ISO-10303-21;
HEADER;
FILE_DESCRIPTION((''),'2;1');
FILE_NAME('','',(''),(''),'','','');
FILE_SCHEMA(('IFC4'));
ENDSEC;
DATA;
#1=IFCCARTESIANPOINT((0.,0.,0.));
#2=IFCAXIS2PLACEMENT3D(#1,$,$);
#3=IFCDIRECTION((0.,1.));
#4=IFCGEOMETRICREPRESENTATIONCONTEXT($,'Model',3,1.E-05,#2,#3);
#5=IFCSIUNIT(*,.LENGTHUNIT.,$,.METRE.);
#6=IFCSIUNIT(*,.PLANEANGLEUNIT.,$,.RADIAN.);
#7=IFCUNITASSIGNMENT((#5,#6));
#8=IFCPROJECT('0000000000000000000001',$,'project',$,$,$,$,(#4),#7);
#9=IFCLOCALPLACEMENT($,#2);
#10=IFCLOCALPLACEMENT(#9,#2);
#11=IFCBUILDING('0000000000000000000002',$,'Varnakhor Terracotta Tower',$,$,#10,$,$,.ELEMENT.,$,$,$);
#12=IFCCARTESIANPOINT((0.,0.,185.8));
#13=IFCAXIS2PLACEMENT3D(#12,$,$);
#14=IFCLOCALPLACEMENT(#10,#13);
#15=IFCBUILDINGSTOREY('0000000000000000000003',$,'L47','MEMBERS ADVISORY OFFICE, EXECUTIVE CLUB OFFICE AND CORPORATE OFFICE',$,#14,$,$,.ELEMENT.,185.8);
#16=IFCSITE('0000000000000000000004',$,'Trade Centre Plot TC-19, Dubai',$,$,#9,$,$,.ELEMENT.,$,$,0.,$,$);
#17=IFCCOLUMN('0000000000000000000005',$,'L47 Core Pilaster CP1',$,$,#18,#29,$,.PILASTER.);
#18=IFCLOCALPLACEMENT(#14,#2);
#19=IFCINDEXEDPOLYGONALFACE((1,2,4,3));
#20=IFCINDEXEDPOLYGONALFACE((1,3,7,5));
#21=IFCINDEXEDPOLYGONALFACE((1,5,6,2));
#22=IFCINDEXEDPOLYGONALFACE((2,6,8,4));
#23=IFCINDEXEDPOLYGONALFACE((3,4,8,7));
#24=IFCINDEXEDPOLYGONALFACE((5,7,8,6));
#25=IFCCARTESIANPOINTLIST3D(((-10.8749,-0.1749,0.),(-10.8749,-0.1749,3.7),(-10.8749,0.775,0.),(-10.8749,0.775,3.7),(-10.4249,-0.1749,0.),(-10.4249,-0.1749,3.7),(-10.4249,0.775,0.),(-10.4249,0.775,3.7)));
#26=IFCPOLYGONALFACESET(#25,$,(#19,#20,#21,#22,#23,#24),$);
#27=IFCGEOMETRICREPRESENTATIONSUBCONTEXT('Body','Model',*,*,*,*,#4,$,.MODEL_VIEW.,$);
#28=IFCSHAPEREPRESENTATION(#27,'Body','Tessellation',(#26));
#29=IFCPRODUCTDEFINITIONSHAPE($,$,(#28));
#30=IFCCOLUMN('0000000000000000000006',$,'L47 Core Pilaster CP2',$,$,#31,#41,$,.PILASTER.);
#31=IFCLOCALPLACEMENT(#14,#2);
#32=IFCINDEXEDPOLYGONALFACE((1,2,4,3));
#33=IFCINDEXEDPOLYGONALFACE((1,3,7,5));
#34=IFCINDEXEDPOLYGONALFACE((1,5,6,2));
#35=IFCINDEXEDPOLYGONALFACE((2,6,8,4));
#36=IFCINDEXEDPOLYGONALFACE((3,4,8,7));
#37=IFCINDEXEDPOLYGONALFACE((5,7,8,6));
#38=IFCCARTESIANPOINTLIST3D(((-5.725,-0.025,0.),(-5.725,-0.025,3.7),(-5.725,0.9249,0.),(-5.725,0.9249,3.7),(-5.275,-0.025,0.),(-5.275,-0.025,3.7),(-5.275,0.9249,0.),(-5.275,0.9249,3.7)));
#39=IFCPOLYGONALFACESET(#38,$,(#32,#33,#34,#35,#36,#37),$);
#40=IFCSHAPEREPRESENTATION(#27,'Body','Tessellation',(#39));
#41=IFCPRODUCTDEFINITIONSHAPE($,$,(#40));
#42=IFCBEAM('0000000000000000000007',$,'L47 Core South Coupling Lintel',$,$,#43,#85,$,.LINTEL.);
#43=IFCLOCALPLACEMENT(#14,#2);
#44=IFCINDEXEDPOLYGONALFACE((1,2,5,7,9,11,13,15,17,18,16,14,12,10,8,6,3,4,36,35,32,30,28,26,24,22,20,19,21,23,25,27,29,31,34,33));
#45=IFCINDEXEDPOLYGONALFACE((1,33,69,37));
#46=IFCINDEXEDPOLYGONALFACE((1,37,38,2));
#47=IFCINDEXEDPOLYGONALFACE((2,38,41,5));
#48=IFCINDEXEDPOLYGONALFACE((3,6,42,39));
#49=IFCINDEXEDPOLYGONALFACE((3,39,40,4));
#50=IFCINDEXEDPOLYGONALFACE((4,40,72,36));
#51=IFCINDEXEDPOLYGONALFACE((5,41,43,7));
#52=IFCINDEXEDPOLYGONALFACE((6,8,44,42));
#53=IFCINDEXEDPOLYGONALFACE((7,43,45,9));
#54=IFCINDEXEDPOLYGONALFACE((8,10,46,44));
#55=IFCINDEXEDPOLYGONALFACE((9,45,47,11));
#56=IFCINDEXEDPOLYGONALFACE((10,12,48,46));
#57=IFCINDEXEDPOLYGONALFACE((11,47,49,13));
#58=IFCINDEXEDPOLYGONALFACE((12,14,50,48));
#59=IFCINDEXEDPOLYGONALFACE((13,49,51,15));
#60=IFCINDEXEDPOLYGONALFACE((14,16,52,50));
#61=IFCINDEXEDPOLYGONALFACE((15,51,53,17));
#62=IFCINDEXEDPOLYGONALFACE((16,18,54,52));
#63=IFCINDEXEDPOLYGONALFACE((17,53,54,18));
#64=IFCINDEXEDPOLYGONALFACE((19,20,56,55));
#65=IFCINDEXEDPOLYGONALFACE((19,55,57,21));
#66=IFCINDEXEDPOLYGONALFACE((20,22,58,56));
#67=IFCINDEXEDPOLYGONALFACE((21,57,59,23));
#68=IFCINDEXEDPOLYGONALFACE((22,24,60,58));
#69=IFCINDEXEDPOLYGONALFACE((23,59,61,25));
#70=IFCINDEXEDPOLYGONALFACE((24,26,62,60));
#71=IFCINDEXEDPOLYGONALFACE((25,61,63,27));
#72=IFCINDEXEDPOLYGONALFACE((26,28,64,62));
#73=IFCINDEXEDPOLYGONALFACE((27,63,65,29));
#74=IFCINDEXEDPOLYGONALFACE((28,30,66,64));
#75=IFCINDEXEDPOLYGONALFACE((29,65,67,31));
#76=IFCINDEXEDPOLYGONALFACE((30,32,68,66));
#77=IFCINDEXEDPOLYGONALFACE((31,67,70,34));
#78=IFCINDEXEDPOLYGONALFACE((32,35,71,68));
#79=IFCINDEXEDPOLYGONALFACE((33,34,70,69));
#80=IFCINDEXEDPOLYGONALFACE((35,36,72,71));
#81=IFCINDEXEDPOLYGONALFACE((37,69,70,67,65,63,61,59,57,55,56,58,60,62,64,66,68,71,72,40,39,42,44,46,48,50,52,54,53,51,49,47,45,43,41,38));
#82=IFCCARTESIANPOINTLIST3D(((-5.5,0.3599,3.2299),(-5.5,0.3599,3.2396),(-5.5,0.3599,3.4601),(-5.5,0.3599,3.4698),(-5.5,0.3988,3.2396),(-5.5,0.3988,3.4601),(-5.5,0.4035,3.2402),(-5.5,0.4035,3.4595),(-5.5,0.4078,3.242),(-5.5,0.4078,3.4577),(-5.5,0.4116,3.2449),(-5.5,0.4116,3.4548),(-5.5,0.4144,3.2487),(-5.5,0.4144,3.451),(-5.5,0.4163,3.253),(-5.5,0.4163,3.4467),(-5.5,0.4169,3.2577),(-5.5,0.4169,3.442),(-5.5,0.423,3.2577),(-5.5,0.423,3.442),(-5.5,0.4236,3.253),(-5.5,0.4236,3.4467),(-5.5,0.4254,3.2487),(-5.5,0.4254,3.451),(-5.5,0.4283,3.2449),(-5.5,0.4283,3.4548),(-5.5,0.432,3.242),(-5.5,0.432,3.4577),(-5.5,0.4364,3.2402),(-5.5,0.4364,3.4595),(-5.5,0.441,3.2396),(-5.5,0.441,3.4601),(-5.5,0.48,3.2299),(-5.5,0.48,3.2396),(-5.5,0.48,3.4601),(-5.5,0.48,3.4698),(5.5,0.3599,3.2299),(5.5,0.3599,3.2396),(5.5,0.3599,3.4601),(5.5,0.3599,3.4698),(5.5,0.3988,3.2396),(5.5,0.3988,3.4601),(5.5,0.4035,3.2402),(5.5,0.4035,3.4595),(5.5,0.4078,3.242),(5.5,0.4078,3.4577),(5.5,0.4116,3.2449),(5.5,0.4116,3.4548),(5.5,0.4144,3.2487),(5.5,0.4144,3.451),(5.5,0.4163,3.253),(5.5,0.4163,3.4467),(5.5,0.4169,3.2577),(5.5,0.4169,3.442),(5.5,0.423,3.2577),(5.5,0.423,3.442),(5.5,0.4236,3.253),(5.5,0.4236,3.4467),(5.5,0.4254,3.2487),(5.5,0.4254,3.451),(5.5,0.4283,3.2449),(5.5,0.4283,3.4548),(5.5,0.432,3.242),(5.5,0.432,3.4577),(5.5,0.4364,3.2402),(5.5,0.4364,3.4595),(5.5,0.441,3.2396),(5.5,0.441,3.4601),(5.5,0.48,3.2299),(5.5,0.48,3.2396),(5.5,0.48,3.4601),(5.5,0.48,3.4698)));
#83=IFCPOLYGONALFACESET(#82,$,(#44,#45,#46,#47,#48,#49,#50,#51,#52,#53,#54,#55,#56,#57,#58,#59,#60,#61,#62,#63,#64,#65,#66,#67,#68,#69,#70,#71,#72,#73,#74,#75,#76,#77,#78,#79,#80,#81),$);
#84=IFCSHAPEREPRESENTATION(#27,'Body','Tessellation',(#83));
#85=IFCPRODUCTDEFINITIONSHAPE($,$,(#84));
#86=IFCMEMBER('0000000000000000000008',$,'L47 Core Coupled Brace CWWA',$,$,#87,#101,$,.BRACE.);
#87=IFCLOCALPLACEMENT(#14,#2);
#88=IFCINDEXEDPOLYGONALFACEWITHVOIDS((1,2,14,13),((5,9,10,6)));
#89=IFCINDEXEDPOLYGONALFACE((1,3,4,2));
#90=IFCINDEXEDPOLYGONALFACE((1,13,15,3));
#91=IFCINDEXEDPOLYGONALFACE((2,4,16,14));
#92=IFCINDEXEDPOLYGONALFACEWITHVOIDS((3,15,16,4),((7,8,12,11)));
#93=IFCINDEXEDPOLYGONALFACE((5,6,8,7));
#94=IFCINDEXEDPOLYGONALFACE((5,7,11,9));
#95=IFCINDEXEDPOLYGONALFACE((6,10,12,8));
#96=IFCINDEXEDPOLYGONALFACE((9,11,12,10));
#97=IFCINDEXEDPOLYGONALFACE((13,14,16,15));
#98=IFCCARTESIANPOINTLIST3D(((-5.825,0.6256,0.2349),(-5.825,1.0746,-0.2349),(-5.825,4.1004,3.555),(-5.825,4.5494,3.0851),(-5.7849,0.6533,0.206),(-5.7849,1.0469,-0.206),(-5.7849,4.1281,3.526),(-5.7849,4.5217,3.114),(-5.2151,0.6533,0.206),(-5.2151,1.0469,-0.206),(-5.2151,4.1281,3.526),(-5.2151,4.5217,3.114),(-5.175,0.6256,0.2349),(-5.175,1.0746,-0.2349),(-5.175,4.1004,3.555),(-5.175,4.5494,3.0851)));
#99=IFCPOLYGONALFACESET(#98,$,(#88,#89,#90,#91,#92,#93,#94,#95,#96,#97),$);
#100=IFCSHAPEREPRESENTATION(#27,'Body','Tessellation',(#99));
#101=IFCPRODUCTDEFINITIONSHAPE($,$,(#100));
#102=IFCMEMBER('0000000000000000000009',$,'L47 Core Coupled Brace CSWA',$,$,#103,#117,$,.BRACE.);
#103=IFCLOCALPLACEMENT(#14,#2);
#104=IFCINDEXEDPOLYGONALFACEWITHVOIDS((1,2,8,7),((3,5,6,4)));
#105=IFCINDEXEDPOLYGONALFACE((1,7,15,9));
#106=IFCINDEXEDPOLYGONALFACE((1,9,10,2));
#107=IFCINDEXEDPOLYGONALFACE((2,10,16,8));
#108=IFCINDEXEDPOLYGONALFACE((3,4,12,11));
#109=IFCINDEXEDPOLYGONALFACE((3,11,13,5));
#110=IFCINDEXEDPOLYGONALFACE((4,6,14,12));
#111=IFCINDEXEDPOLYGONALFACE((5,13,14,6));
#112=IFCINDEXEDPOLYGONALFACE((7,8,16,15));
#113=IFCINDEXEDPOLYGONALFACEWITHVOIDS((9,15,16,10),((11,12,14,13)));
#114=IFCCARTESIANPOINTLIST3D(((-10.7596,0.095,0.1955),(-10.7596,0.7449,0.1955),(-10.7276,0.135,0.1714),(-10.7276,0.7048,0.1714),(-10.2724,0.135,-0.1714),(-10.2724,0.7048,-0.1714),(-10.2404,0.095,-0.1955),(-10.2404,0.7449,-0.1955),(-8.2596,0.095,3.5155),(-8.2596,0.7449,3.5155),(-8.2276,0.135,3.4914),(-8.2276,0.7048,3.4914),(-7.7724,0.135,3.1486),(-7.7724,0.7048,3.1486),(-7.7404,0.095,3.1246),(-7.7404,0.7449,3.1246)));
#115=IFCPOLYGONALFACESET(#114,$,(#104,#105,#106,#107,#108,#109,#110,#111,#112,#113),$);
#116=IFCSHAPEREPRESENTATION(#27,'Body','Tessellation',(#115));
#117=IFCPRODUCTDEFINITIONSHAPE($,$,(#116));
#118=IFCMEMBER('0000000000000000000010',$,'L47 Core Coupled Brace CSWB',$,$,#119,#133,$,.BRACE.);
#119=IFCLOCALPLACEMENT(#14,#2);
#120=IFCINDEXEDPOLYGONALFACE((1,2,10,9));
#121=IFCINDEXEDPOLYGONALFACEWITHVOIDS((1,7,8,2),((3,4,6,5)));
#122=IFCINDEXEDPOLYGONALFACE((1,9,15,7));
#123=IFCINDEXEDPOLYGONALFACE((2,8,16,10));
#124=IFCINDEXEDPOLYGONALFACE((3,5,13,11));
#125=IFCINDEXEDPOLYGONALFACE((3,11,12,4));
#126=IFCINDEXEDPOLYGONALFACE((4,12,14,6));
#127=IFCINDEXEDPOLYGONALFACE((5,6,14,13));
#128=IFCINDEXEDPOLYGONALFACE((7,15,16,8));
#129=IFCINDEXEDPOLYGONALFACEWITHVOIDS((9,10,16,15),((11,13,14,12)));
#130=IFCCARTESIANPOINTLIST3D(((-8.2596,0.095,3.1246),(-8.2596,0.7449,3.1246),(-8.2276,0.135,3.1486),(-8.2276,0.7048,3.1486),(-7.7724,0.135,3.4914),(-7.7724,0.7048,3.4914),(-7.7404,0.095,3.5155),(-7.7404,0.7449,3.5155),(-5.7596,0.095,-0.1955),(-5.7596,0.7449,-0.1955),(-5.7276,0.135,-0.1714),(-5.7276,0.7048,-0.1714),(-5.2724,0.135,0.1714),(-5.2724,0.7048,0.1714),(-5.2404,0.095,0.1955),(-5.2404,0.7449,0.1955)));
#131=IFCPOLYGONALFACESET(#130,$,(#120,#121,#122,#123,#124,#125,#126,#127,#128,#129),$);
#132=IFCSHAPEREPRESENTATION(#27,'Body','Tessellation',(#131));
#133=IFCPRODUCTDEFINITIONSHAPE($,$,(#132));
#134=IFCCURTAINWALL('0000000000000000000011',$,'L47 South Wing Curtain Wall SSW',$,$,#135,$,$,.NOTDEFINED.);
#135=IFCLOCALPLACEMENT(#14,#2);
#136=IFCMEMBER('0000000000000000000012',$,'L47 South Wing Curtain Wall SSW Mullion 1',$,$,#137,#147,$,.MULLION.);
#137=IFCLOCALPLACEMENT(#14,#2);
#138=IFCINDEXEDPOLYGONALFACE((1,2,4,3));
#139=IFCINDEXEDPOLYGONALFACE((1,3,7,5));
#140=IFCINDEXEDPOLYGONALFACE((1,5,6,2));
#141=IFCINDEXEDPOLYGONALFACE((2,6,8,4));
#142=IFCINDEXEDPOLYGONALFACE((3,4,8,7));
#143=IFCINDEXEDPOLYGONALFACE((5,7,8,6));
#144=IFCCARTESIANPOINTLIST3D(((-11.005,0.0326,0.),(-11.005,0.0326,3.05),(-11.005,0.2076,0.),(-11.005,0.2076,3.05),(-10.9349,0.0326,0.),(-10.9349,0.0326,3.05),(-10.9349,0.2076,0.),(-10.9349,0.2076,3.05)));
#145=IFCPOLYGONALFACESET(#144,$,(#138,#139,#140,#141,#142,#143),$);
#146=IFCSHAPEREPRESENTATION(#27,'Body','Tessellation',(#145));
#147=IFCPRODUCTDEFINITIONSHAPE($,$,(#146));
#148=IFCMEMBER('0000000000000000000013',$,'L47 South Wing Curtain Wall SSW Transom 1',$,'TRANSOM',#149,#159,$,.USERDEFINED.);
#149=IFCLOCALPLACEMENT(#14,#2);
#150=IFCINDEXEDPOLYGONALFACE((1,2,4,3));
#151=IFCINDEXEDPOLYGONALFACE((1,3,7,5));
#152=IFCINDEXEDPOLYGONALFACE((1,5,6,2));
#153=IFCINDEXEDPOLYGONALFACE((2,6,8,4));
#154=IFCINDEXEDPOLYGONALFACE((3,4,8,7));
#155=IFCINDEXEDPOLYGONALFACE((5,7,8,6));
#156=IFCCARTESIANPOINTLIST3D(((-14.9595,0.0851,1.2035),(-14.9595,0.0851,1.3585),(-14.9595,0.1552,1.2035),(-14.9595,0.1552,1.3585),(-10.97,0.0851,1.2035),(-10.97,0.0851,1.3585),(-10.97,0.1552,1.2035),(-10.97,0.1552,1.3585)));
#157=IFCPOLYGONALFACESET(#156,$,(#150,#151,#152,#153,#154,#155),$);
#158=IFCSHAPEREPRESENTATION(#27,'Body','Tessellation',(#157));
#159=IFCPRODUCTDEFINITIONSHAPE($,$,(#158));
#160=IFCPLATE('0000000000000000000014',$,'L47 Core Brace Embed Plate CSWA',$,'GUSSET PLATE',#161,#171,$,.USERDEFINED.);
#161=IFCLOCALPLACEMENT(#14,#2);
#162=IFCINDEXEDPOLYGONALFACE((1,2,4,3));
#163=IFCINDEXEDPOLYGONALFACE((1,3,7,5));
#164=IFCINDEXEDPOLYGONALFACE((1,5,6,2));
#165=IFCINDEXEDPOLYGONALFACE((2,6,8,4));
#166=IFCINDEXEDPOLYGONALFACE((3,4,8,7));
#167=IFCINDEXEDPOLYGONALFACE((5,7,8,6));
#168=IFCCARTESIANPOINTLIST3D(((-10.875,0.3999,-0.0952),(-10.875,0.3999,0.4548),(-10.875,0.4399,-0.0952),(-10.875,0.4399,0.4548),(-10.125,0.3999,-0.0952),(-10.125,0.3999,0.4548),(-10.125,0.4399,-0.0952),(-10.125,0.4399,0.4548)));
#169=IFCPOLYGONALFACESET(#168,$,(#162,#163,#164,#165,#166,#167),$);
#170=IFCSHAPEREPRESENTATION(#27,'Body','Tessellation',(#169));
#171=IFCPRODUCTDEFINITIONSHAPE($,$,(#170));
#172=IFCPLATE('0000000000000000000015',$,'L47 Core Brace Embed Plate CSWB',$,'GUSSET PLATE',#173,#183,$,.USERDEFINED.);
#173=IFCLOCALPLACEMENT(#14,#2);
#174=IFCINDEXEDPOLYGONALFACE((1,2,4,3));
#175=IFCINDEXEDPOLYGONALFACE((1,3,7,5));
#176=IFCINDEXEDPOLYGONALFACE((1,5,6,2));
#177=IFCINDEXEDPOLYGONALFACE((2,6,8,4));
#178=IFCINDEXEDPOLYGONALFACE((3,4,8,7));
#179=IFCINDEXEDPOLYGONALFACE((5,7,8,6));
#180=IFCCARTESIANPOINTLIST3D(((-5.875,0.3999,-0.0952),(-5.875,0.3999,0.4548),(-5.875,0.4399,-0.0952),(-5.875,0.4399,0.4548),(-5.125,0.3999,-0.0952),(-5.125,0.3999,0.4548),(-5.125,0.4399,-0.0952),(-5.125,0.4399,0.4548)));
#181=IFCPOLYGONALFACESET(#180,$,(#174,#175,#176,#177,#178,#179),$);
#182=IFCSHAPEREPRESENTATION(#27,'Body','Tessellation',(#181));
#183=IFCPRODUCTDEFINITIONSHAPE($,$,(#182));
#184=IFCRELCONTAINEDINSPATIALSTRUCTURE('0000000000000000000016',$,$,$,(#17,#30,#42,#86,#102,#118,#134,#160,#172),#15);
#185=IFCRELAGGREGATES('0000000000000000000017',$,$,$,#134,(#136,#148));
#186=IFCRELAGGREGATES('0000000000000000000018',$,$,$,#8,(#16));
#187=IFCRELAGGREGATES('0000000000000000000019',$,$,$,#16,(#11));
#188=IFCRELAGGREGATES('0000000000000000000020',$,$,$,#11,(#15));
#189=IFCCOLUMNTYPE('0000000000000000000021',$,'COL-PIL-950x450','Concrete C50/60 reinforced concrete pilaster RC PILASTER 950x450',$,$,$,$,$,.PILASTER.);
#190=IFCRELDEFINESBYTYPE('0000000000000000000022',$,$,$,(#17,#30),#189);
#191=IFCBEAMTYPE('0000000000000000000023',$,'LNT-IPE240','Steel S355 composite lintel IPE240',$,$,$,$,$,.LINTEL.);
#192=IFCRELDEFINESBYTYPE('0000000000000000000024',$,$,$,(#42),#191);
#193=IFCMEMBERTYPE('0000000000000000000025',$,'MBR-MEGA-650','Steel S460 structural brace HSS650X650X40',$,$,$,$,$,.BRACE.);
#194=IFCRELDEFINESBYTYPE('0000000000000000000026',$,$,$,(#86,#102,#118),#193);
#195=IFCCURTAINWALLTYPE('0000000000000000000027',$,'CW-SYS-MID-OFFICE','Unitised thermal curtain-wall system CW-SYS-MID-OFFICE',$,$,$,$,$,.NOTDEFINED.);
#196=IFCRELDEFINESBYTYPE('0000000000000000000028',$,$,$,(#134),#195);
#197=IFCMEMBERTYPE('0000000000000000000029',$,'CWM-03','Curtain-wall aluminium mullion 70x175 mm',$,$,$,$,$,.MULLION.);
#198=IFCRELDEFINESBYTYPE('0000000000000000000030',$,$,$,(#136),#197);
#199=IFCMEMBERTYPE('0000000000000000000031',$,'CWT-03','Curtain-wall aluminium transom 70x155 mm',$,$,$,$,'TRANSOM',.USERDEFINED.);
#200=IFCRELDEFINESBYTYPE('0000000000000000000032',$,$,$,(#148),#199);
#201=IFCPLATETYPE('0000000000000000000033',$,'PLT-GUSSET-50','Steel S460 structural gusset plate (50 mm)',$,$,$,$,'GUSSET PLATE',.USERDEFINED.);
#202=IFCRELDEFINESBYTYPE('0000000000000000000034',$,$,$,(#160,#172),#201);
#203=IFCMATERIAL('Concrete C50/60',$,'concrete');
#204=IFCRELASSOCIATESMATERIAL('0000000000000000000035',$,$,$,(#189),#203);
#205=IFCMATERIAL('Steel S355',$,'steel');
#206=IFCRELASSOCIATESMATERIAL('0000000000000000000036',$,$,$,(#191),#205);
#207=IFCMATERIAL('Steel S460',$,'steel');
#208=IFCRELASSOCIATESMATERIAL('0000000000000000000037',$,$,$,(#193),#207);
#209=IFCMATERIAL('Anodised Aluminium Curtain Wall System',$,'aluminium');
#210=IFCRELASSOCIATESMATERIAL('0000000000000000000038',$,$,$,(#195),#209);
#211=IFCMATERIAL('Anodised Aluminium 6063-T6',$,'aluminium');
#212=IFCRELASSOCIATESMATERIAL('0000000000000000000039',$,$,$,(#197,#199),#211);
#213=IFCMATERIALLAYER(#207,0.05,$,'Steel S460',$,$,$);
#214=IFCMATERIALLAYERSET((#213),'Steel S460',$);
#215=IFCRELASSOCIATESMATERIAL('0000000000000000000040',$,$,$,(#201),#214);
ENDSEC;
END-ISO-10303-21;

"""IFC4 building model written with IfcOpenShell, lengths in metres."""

from ifc_helpers import new_model, si_unit, direction, frame, origin, origin_2d, place, context, subcontext, project, spatial, rectangle, hollow_rectangle, i_section, extrude, source, transform, mapped, material, layer, layer_set, material_profile, profile_set, type_object, type_shapes, element, aggregate, save


model = new_model("IFC4")

# Units and contexts
model_context = context("Model", 3, precision=1e-05, world=origin(), true_north=direction((0.0, 1.0)))
body_context = subcontext(model_context, "Body", "Model", "MODEL_VIEW")
ifc_project = project(units=[si_unit("LENGTHUNIT", "METRE"), si_unit("PLANEANGLEUNIT", "RADIAN")], contexts=[model_context])

# Site, building, storey
site_placement = place(None, origin())
site = spatial("IfcSite", under=ifc_project, at=site_placement, Name="Trade Centre Plot TC-19, Dubai", CompositionType="ELEMENT", RefElevation=0.0)
building_placement = place(site_placement, origin())
building = spatial("IfcBuilding", under=site, at=building_placement, Name="Varnakhor Terracotta Tower", CompositionType="ELEMENT")
storey_placement = place(building_placement, frame((0.0, 0.0, 185.8)))
storey = spatial("IfcBuildingStorey", under=building, at=storey_placement, Name="L47", Description="MEMBERS ADVISORY OFFICE, EXECUTIVE CLUB OFFICE AND CORPORATE OFFICE", CompositionType="ELEMENT", Elevation=185.8)

# Columns
ifc_material_1 = material(Name="Concrete C50/60", Category="concrete")
ifc_material_profile_1 = material_profile(ifc_material_1, rectangle(XDim=0.45, YDim=0.95, at=origin_2d()), Name="RC PILASTER 950x450")
ifc_profile_set_1 = profile_set([ifc_material_profile_1], Name="Concrete C50/60")
column_type = type_object("IfcColumnType", Name="COL-PIL-950x450", Description="Concrete C50/60 reinforced concrete pilaster RC PILASTER 950x450", PredefinedType="PILASTER", material=ifc_profile_set_1)
shared_shape_1 = source(origin(), body_context, "Body", "SweptSolid", [
    extrude(rectangle(XDim=0.45, YDim=0.95, at=origin_2d()), origin(), (0.0, 0.0, 1.0), 3.7),
])
for number, where, z_axis, x_axis, name in (
    (1, (-10.6499, 0.3, 0.0), (0.0, 0.0, 1.0), (1.0, 0.0, 0.0), "L47 Core Pilaster CP1"),
    (2, (-5.5, 0.45, 0.0), (0.0, 0.0, 1.0), (1.0, 0.0, 0.0), "L47 Core Pilaster CP2"),
):
    element("IfcColumn", number, at=place(storey_placement, frame(where, z_axis=z_axis, x_axis=x_axis)), inside=storey, type_object=column_type, Name=name, PredefinedType="PILASTER", context=body_context, shape_type="MappedRepresentation", body=[
        mapped(shared_shape_1, transform((0.0, 0.0, 0.0), scale=1.0)),
    ])

# Beam
ifc_material_2 = material(Name="Steel S355", Category="steel")
ifc_material_profile_2 = material_profile(ifc_material_2, i_section(OverallWidth=0.1201, OverallDepth=0.24, WebThickness=0.0061, FlangeThickness=0.0098, FilletRadius=0.0181, at=origin_2d()), Name="IPE240")
ifc_profile_set_2 = profile_set([ifc_material_profile_2], Name="Steel S355")
beam_type = type_object("IfcBeamType", Name="LNT-IPE240", Description="Steel S355 composite lintel IPE240", PredefinedType="LINTEL", material=ifc_profile_set_2)
shared_shape_2 = source(origin(), body_context, "Body", "SweptSolid", [
    extrude(i_section(OverallWidth=0.1201, OverallDepth=0.24, WebThickness=0.0061, FlangeThickness=0.0098, FilletRadius=0.0181, at=origin_2d()), origin(), (0.0, 0.0, 1.0), 11.0),
])
type_shapes(beam_type, [shared_shape_2])
beam_placement = place(storey_placement, frame((-5.5, 0.4199, 3.3499), z_axis=(1.0, 0.0, 0.0), x_axis=(0.0, 1.0, 0.0)))
element("IfcBeam", 3, at=beam_placement, inside=storey, type_object=beam_type, Name="L47 Core South Coupling Lintel", PredefinedType="LINTEL", context=body_context, shape_type="MappedRepresentation", body=[
    mapped(shared_shape_2, transform((0.0, 0.0, 0.0), scale=1.0)),
])

# Members
ifc_material_3 = material(Name="Steel S460", Category="steel")
ifc_material_profile_3 = material_profile(ifc_material_3, hollow_rectangle(XDim=0.6499, YDim=0.6499, WallThickness=0.04, at=origin_2d()), Name="HSS650X650X40")
ifc_profile_set_3 = profile_set([ifc_material_profile_3], Name="Steel S460")
member_type_1 = type_object("IfcMemberType", Name="MBR-MEGA-650", Description="Steel S460 structural brace HSS650X650X40", PredefinedType="BRACE", material=ifc_profile_set_3)
shared_shape_3 = source(origin(), body_context, "Body", "SweptSolid", [
    extrude(hollow_rectangle(XDim=0.6499, YDim=0.6499, WallThickness=0.04, at=origin_2d()), origin(), (0.0, 0.0, 1.0), 4.8059),
])
member_1_placement = place(storey_placement, frame((-5.5, 0.8501, 0.0), z_axis=(0.0, 0.723027, 0.69082), x_axis=(-1.0, 0.0, 0.0)))
element("IfcMember", 4, at=member_1_placement, inside=storey, type_object=member_type_1, Name="L47 Core Coupled Brace CWWA", PredefinedType="BRACE", context=body_context, shape_type="MappedRepresentation", body=[
    mapped(shared_shape_3, transform((0.0, 0.0, 0.0), scale=1.0)),
])
shared_shape_4 = source(origin(), body_context, "Body", "SweptSolid", [
    extrude(hollow_rectangle(XDim=0.6499, YDim=0.6499, WallThickness=0.04, at=origin_2d()), origin(), (0.0, 0.0, 1.0), 4.156),
])
for number, where, z_axis, x_axis, name in (
    (5, (-10.5, 0.4199, 0.0), (0.601531, 0.0, 0.79885), (0.0, 1.0, 0.0), "L47 Core Coupled Brace CSWA"),
    (6, (-5.5, 0.4199, 0.0), (-0.601531, 0.0, 0.79885), (0.0, -1.0, 0.0), "L47 Core Coupled Brace CSWB"),
):
    element("IfcMember", number, at=place(storey_placement, frame(where, z_axis=z_axis, x_axis=x_axis)), inside=storey, type_object=member_type_1, Name=name, PredefinedType="BRACE", context=body_context, shape_type="MappedRepresentation", body=[
        mapped(shared_shape_4, transform((0.0, 0.0, 0.0), scale=1.0)),
    ])

# Curtain wall, members
ifc_material_4 = material(Name="Anodised Aluminium Curtain Wall System", Category="aluminium")
curtain_wall_type = type_object("IfcCurtainWallType", Name="CW-SYS-MID-OFFICE", Description="Unitised thermal curtain-wall system CW-SYS-MID-OFFICE", PredefinedType="NOTDEFINED", material=ifc_material_4)
curtain_wall_placement = place(storey_placement, origin())
curtain_wall = element("IfcCurtainWall", 7, at=curtain_wall_placement, inside=storey, type_object=curtain_wall_type, Name="L47 South Wing Curtain Wall SSW", PredefinedType="NOTDEFINED")
ifc_material_5 = material(Name="Anodised Aluminium 6063-T6", Category="aluminium")
ifc_material_profile_4 = material_profile(ifc_material_5, rectangle(XDim=0.0701, YDim=0.175, at=origin_2d()), Name="ALU MULLION 70x175")
ifc_profile_set_4 = profile_set([ifc_material_profile_4], Name="Anodised Aluminium 6063-T6")
member_type_2 = type_object("IfcMemberType", Name="CWM-03", Description="Curtain-wall aluminium mullion 70x175 mm", PredefinedType="MULLION", material=ifc_profile_set_4)
shared_shape_5 = source(origin(), body_context, "Body", "SweptSolid", [
    extrude(rectangle(XDim=0.0701, YDim=0.175, at=origin_2d()), origin(), (0.0, 0.0, 1.0), 3.05),
])
member_2_placement = place(storey_placement, frame((-10.97, 0.1201, 0.0), z_axis=(0.0, 0.0, 1.0), x_axis=(1.0, 0.0, 0.0)))
member_2 = element("IfcMember", 8, at=member_2_placement, type_object=member_type_2, Name="L47 South Wing Curtain Wall SSW Mullion 1", PredefinedType="MULLION", context=body_context, shape_type="MappedRepresentation", body=[
    mapped(shared_shape_5, transform((0.0, 0.0, 0.0), scale=1.0)),
])
ifc_material_profile_5 = material_profile(ifc_material_5, rectangle(XDim=0.0701, YDim=0.155, at=origin_2d()), Name="ALU TRANSOM 70x155")
ifc_profile_set_5 = profile_set([ifc_material_profile_5], Name="Anodised Aluminium 6063-T6")
member_type_3 = type_object("IfcMemberType", Name="CWT-03", Description="Curtain-wall aluminium transom 70x155 mm", ElementType="TRANSOM", PredefinedType="USERDEFINED", material=ifc_profile_set_5)
shared_shape_6 = source(origin(), body_context, "Body", "SweptSolid", [
    extrude(rectangle(XDim=0.0701, YDim=0.155, at=origin_2d()), origin(), (0.0, 0.0, 1.0), 3.9895),
])
member_3_placement = place(storey_placement, frame((-10.97, 0.1201, 1.281), z_axis=(-1.0, 0.0, 0.0), x_axis=(0.0, -1.0, 0.0)))
member_3 = element("IfcMember", 9, at=member_3_placement, type_object=member_type_3, Name="L47 South Wing Curtain Wall SSW Transom 1", ObjectType="TRANSOM", PredefinedType="USERDEFINED", context=body_context, shape_type="MappedRepresentation", body=[
    mapped(shared_shape_6, transform((0.0, 0.0, 0.0), scale=1.0)),
])
aggregate(curtain_wall, [member_2, member_3])

# Plates
ifc_layer_1 = layer(ifc_material_3, 0.05, Name="Steel S460")
ifc_layer_set_1 = layer_set([ifc_layer_1], Name="Steel S460")
plate_type = type_object("IfcPlateType", Name="PLT-GUSSET-50", Description="Steel S460 structural gusset plate (50 mm)", ElementType="GUSSET PLATE", PredefinedType="USERDEFINED", material=ifc_layer_set_1)
shared_shape_7 = source(origin(), body_context, "Body", "SweptSolid", [
    extrude(rectangle(XDim=0.75, YDim=0.04, at=origin_2d()), origin(), (0.0, 0.0, 1.0), 0.55),
])
type_shapes(plate_type, [shared_shape_7])
for number, where, z_axis, x_axis, name in (
    (10, (-10.5, 0.4199, -0.0952), (0.0, 0.0, 1.0), (1.0, 0.0, 0.0), "L47 Core Brace Embed Plate CSWA"),
    (11, (-5.5, 0.4199, -0.0952), (0.0, 0.0, 1.0), (1.0, 0.0, 0.0), "L47 Core Brace Embed Plate CSWB"),
):
    element("IfcPlate", number, at=place(storey_placement, frame(where, z_axis=z_axis, x_axis=x_axis)), inside=storey, type_object=plate_type, Name=name, ObjectType="GUSSET PLATE", PredefinedType="USERDEFINED", context=body_context, shape_type="MappedRepresentation", body=[
        mapped(shared_shape_7, transform((0.0, 0.0, 0.0), scale=1.0)),
    ])

save(model, "model.ifc")
